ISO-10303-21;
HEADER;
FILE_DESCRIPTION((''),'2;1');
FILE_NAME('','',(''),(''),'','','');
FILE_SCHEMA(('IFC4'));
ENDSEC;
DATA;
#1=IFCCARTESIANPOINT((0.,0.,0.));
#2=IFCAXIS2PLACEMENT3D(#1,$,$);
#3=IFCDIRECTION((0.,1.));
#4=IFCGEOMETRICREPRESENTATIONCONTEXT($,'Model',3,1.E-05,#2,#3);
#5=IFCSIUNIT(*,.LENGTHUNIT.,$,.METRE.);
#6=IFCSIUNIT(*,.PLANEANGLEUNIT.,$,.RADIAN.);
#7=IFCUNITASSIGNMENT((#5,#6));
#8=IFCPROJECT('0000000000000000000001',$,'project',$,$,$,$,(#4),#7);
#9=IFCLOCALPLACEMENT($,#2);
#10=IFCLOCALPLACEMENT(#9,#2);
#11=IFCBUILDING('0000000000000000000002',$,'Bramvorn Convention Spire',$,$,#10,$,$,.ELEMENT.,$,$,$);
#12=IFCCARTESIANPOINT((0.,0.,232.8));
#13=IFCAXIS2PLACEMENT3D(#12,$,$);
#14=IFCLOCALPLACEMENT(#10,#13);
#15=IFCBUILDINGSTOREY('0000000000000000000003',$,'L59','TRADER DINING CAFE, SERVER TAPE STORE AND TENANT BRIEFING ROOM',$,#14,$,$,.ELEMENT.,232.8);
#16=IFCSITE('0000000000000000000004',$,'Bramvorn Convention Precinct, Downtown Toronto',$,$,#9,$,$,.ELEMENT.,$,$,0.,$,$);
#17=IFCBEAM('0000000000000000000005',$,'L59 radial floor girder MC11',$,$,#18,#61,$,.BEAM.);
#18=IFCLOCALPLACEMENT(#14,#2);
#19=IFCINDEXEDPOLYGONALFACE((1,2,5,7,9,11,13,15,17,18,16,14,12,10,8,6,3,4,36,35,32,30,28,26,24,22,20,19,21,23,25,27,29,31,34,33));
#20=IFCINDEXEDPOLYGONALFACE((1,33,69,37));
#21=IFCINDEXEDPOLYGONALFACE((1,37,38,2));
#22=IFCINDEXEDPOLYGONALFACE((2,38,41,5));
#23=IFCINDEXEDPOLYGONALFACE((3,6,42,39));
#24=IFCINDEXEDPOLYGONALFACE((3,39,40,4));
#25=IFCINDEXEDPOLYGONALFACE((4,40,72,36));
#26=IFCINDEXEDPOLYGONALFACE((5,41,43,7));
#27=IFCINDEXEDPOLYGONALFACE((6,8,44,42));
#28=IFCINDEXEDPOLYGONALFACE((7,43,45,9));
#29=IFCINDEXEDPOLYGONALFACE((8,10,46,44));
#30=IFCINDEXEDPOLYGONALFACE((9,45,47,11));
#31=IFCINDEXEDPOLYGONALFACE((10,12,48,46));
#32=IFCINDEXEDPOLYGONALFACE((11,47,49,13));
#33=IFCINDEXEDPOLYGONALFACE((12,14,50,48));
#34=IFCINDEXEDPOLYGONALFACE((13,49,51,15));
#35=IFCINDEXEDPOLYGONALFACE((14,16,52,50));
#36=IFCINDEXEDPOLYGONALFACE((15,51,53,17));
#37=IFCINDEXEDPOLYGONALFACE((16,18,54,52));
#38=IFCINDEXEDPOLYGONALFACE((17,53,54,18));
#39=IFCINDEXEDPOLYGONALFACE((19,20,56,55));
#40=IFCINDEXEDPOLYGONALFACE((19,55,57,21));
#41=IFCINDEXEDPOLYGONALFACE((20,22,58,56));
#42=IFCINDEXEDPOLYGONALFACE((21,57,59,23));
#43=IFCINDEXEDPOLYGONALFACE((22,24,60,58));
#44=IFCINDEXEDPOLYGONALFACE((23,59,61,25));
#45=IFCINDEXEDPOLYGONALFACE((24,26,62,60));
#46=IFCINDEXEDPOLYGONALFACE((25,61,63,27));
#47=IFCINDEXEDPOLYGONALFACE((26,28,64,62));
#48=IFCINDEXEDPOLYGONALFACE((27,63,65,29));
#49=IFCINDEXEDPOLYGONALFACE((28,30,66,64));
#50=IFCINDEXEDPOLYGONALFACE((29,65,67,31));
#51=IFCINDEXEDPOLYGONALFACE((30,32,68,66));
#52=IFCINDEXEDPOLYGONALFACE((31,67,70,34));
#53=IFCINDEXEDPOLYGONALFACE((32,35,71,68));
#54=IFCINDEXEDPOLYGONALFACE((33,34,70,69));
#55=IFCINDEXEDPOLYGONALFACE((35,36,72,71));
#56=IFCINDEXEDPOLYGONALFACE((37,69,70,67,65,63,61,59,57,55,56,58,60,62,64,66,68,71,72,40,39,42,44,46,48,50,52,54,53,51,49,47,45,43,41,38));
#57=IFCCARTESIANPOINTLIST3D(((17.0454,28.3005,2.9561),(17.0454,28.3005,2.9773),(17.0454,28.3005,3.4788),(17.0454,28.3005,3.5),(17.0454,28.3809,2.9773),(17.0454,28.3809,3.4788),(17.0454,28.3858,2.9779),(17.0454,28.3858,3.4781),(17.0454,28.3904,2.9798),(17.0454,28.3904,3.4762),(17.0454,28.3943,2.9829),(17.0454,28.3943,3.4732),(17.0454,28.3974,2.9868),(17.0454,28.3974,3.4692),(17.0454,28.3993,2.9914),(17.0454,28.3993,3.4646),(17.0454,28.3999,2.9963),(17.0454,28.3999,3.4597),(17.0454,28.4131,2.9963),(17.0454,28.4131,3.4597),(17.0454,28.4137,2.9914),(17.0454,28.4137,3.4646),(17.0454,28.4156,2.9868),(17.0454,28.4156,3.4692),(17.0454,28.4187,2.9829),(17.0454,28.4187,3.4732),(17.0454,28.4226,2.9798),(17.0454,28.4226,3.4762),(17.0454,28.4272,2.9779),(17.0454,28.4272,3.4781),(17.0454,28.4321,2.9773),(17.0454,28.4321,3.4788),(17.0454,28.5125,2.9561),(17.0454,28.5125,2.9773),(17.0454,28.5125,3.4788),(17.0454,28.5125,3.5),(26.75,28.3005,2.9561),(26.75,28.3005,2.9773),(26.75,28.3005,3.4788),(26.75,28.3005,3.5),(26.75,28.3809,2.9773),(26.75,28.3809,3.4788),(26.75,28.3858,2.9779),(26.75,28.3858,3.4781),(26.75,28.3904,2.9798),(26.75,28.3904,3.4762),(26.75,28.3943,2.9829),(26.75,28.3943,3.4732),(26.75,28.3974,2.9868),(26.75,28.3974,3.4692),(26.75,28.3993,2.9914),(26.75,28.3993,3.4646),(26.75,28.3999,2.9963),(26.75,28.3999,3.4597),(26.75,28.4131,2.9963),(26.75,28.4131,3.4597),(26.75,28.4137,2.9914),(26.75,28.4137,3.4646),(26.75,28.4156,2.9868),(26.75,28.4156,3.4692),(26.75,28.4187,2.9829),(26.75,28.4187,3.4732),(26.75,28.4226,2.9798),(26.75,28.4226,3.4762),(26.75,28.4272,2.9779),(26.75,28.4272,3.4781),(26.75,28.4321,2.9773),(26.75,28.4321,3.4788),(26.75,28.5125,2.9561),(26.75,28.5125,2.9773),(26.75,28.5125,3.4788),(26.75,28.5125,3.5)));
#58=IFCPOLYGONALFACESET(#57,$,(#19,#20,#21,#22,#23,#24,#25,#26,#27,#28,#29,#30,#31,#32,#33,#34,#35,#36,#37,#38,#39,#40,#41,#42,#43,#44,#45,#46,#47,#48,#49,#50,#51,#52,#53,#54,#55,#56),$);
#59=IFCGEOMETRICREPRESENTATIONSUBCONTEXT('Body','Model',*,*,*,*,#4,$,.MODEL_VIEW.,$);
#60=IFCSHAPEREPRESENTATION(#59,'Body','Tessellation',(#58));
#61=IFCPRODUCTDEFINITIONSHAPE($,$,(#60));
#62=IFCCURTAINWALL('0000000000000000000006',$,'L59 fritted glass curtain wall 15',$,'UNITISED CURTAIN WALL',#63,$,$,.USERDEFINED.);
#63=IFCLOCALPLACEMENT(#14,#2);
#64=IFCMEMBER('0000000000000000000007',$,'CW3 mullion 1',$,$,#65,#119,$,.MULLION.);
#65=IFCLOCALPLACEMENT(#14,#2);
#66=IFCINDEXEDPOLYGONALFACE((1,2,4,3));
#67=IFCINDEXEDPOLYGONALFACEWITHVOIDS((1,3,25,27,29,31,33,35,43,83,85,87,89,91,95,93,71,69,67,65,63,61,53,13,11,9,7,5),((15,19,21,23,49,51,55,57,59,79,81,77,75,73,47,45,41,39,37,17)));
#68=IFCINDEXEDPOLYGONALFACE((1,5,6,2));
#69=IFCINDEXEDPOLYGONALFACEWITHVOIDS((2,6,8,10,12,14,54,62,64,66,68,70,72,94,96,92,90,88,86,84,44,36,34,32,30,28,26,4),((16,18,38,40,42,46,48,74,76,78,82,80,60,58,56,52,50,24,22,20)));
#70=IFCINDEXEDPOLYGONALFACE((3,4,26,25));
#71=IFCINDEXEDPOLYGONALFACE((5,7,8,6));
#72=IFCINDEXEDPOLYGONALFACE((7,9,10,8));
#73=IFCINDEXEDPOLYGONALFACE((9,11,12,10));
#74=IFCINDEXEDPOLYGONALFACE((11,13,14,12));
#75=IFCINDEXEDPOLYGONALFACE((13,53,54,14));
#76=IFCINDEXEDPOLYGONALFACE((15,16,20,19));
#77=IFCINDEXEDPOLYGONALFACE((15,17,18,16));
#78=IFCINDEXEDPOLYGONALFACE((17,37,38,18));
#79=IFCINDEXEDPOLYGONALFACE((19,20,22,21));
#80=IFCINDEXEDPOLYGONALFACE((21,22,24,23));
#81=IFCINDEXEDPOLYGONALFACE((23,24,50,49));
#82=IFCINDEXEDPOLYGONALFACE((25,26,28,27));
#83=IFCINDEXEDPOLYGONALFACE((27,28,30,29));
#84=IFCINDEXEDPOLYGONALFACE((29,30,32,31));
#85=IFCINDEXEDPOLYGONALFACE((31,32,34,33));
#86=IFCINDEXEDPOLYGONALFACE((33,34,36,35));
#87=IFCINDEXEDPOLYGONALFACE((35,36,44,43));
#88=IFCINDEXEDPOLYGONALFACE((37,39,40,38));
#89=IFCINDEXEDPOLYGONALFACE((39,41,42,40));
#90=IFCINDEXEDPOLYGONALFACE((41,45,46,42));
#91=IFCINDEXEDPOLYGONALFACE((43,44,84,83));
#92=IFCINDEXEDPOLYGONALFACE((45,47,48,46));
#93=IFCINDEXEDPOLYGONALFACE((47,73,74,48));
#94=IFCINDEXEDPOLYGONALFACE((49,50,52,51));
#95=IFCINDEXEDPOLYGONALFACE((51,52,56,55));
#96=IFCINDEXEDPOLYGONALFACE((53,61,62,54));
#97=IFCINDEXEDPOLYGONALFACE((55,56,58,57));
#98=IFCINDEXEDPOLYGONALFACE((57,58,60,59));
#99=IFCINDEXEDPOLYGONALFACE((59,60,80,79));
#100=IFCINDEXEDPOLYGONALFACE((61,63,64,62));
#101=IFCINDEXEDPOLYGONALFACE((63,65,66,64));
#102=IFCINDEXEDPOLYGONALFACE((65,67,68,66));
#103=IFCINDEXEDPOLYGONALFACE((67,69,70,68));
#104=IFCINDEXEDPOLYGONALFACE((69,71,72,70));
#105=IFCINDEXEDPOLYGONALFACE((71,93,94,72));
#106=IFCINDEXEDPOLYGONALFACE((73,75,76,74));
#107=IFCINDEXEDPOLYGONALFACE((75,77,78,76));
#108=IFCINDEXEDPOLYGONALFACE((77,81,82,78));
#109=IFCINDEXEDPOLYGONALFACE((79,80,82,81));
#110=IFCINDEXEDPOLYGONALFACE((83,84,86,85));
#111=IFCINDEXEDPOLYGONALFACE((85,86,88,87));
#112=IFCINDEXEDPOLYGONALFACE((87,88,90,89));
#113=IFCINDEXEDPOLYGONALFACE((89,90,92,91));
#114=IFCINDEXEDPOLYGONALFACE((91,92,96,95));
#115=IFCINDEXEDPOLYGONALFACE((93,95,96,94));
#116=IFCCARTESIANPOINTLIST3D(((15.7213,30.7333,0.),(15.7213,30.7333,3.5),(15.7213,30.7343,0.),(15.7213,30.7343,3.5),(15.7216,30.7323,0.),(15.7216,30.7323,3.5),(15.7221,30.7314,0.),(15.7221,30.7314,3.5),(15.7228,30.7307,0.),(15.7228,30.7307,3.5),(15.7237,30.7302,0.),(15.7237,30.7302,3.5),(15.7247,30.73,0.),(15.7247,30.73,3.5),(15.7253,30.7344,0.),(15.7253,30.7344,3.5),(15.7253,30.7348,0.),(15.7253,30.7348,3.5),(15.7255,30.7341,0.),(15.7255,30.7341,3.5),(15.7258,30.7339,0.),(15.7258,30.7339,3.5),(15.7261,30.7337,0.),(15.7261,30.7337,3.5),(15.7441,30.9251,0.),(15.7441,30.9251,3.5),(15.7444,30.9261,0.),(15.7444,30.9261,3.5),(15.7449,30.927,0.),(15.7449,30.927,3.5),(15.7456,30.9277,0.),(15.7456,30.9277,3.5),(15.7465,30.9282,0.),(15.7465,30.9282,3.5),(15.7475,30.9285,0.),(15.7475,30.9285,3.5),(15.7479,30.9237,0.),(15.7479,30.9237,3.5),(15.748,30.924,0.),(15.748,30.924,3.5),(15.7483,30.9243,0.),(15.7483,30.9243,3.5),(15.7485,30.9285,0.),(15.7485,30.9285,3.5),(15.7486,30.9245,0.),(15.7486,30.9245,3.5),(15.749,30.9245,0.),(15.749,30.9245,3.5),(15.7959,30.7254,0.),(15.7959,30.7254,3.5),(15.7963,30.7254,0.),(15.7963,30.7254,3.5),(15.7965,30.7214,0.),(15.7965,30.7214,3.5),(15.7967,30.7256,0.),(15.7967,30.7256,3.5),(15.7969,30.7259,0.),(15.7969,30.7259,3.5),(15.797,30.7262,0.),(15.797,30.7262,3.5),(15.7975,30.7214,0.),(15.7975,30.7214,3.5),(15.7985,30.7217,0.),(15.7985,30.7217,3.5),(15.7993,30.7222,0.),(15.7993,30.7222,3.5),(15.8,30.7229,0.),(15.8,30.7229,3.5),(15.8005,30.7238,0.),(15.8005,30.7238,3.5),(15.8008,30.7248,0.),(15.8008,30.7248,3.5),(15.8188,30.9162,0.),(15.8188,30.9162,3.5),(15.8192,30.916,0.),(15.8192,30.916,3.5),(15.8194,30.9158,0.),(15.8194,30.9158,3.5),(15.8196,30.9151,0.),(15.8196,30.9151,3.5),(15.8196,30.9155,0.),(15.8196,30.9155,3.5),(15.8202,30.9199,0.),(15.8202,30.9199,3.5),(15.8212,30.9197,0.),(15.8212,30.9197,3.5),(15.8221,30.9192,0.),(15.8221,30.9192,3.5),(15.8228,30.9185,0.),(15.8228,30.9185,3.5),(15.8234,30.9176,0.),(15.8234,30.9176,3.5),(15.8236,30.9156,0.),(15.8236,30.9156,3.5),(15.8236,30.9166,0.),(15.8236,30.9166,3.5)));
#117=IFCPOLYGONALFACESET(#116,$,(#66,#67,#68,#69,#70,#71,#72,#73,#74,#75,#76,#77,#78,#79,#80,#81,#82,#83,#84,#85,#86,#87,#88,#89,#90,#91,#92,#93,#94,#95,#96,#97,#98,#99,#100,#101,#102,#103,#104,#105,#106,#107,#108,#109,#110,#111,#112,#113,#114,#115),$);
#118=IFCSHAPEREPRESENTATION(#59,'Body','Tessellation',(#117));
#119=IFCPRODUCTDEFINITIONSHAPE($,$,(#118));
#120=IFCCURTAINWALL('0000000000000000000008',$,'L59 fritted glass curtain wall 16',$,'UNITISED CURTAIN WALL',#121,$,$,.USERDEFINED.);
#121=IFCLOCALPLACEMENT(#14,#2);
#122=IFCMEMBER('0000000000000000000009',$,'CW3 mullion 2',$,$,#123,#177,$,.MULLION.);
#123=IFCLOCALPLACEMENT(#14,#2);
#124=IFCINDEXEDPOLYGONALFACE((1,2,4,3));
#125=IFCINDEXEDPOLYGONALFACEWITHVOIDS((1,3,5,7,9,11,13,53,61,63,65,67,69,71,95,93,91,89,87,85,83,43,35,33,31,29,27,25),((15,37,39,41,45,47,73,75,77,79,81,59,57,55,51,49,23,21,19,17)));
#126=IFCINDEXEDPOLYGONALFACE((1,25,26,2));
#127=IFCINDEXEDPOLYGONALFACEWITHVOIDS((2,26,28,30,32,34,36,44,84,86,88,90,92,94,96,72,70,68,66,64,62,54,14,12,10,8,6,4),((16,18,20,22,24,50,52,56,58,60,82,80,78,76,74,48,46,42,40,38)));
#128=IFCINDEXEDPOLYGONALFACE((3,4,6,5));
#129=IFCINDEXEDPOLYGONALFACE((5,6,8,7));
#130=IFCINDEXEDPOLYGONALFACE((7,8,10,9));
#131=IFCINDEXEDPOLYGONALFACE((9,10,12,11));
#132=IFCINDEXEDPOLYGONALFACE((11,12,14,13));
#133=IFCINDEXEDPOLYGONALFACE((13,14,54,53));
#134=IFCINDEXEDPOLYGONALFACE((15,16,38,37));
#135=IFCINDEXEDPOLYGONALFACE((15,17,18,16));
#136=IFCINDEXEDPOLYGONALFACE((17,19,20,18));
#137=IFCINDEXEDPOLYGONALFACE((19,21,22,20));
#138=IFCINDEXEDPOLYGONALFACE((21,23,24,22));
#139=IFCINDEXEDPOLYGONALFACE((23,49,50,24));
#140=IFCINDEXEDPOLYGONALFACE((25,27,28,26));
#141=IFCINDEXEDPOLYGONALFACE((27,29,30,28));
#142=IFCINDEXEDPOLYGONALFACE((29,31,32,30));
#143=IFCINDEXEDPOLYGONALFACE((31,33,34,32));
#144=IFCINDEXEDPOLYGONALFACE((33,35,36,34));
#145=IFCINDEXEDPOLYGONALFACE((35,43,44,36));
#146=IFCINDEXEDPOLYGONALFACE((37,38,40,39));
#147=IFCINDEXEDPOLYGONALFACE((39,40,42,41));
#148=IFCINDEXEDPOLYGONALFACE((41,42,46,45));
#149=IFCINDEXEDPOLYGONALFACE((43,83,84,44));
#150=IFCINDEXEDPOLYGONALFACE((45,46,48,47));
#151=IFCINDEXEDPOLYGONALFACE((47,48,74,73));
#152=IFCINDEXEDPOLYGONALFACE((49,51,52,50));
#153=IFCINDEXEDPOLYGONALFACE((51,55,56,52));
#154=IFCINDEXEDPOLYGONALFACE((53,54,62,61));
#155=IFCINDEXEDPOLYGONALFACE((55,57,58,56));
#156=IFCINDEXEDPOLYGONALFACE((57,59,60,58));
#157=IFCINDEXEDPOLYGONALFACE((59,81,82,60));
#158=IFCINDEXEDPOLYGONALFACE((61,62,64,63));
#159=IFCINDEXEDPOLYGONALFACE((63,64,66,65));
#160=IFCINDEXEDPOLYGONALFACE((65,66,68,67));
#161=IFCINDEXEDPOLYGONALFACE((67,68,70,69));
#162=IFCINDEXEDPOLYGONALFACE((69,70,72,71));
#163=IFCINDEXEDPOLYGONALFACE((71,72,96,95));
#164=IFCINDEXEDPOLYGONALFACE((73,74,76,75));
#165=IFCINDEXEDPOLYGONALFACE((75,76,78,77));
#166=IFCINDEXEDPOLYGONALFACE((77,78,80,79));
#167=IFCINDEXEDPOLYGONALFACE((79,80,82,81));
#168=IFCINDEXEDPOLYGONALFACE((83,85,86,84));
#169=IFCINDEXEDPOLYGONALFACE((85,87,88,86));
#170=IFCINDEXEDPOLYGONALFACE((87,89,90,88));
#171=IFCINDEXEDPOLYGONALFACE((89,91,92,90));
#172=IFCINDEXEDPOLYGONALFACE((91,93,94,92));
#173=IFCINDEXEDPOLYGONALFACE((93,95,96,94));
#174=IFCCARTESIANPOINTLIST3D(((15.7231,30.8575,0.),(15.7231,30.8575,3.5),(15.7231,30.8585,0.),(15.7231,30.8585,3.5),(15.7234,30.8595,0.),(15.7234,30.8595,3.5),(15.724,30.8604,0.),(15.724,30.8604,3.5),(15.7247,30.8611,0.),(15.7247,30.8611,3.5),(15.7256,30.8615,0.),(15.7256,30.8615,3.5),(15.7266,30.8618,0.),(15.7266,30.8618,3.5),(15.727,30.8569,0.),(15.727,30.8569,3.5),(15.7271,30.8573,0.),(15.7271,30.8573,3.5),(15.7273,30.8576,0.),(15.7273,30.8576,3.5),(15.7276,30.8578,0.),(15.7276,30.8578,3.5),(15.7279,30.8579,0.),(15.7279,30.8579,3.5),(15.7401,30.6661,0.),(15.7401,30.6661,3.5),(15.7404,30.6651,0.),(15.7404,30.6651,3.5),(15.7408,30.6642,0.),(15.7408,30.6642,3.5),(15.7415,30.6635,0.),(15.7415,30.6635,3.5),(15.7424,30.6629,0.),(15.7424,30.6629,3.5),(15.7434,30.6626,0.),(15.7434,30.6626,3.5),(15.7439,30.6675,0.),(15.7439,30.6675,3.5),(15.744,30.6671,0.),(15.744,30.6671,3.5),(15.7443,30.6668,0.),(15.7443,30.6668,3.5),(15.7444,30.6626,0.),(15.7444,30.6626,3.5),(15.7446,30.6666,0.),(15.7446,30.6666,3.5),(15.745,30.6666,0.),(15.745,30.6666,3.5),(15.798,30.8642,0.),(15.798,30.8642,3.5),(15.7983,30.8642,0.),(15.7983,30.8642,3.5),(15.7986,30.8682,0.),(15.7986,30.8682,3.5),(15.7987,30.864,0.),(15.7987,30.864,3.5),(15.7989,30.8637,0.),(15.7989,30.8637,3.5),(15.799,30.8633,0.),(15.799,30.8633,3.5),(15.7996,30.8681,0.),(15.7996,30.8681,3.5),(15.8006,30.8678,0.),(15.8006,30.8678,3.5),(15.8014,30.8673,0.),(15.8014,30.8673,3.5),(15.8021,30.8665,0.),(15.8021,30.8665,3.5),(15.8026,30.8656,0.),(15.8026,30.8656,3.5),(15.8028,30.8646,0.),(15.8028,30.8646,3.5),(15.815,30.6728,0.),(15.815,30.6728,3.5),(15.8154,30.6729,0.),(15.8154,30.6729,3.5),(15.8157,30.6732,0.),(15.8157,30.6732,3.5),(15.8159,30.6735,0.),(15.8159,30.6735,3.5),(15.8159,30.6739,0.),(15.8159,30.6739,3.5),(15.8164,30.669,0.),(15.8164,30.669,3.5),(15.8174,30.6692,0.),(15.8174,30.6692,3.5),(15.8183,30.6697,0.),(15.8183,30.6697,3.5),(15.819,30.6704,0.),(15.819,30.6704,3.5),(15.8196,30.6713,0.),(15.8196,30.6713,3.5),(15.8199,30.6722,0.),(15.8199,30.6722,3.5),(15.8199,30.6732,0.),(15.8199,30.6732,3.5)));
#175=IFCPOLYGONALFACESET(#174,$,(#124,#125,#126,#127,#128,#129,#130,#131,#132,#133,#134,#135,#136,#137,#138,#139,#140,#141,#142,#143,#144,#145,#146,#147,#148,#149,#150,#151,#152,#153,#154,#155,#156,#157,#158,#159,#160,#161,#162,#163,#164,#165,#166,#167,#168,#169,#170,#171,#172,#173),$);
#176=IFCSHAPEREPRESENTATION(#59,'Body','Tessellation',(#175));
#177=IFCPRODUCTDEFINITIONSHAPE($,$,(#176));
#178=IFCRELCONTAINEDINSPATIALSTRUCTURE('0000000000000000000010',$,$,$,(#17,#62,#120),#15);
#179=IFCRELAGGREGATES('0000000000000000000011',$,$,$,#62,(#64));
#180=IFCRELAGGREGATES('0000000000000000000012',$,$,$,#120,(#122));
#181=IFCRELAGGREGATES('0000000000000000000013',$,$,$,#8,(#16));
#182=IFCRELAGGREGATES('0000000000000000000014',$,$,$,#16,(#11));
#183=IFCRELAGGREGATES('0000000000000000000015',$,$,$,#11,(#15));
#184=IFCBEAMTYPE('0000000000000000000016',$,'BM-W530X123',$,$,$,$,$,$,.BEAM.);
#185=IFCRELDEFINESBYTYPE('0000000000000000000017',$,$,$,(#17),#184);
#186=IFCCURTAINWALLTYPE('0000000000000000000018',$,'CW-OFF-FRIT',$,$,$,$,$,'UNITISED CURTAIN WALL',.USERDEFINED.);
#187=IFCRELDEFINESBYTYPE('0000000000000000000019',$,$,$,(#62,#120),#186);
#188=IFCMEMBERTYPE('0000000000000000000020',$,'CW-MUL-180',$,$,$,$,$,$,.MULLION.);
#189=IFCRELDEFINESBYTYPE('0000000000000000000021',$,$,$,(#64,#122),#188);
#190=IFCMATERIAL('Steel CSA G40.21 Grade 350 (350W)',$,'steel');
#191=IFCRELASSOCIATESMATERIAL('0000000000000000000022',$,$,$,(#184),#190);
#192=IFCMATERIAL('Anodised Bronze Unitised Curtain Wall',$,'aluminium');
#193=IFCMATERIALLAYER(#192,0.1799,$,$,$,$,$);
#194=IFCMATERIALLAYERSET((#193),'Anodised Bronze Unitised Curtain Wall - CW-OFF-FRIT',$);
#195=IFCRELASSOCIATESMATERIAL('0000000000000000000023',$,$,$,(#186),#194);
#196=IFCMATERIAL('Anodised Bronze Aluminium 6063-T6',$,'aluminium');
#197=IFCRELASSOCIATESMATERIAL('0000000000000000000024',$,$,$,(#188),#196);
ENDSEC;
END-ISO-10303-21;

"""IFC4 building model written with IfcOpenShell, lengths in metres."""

from ifc_helpers import new_model, si_unit, direction, frame, origin, origin_2d, place, context, subcontext, project, spatial, hollow_rectangle, i_section, extrude, material, layer, layer_set, material_profile, profile_set, type_object, element, aggregate, save


model = new_model("IFC4")

# Units and contexts
model_context = context("Model", 3, precision=1e-05, world=origin(), true_north=direction((0.0, 1.0)))
body_context = subcontext(model_context, "Body", "Model", "MODEL_VIEW")
ifc_project = project(units=[si_unit("LENGTHUNIT", "METRE"), si_unit("PLANEANGLEUNIT", "RADIAN")], contexts=[model_context])

# Site, building, storey
site_placement = place(None, origin())
site = spatial("IfcSite", under=ifc_project, at=site_placement, Name="Bramvorn Convention Precinct, Downtown Toronto", CompositionType="ELEMENT", RefElevation=0.0)
building_placement = place(site_placement, origin())
building = spatial("IfcBuilding", under=site, at=building_placement, Name="Bramvorn Convention Spire", CompositionType="ELEMENT")
storey_placement = place(building_placement, frame((0.0, 0.0, 232.8)))
storey = spatial("IfcBuildingStorey", under=building, at=storey_placement, Name="L59", Description="TRADER DINING CAFE, SERVER TAPE STORE AND TENANT BRIEFING ROOM", CompositionType="ELEMENT", Elevation=232.8)

# Shared definitions
ifc_material_1 = material(Name="Steel CSA G40.21 Grade 350 (350W)", Category="steel")

# Beam
ifc_material_profile_1 = material_profile(ifc_material_1, i_section(OverallWidth=0.2119, OverallDepth=0.5439, WebThickness=0.0132, FlangeThickness=0.0212, FilletRadius=0.019, at=origin_2d()))
ifc_profile_set_1 = profile_set([ifc_material_profile_1], Name="Steel CSA G40.21 Grade 350 (350W) - W530X123")
beam_type_1 = type_object("IfcBeamType", Name="BM-W530X123", PredefinedType="BEAM", material=ifc_profile_set_1)
beam_1_placement = place(storey_placement, frame((26.75, 28.4065, 3.228), z_axis=(-1.0, 0.0, 0.0), x_axis=(0.0, -1.0, 0.0)))
element("IfcBeam", 1, at=beam_1_placement, inside=storey, type_object=beam_type_1, Name="L59 radial floor girder MC11", PredefinedType="BEAM", context=body_context, shape_type="SweptSolid", body=[
    extrude(i_section(OverallWidth=0.2119, OverallDepth=0.5439, WebThickness=0.0132, FlangeThickness=0.0212, FilletRadius=0.019, at=origin_2d()), origin(), (0.0, 0.0, 1.0), 9.7046),
])

# Curtain walls, members
ifc_material_2 = material(Name="Anodised Bronze Unitised Curtain Wall", Category="aluminium")
ifc_layer_1 = layer(ifc_material_2, 0.1799)
ifc_layer_set_1 = layer_set([ifc_layer_1], Name="Anodised Bronze Unitised Curtain Wall - CW-OFF-FRIT")
curtain_wall_type = type_object("IfcCurtainWallType", Name="CW-OFF-FRIT", ElementType="UNITISED CURTAIN WALL", PredefinedType="USERDEFINED", material=ifc_layer_set_1)
curtain_wall_1_placement = place(storey_placement, origin())
curtain_wall_1 = element("IfcCurtainWall", 2, at=curtain_wall_1_placement, inside=storey, type_object=curtain_wall_type, Name="L59 fritted glass curtain wall 15", ObjectType="UNITISED CURTAIN WALL", PredefinedType="USERDEFINED")
ifc_material_3 = material(Name="Anodised Bronze Aluminium 6063-T6", Category="aluminium")
ifc_material_profile_2 = material_profile(ifc_material_3, hollow_rectangle(XDim=0.0801, YDim=0.2, WallThickness=0.0039, InnerFilletRadius=0.001, OuterFilletRadius=0.0039, at=origin_2d()))
ifc_profile_set_2 = profile_set([ifc_material_profile_2], Name="Anodised Bronze Aluminium 6063-T6 - CWM80X200")
member_type_1 = type_object("IfcMemberType", Name="CW-MUL-180", PredefinedType="MULLION", material=ifc_profile_set_2)
member_1_placement = place(storey_placement, frame((15.7725, 30.825, 0.0), z_axis=(0.0, 0.0, 1.0), x_axis=(-0.992907, 0.118898, 0.0)))
member_1 = element("IfcMember", 3, at=member_1_placement, type_object=member_type_1, Name="CW3 mullion 1", PredefinedType="MULLION", context=body_context, shape_type="SweptSolid", body=[
    extrude(hollow_rectangle(XDim=0.0801, YDim=0.2, WallThickness=0.0039, InnerFilletRadius=0.001, OuterFilletRadius=0.0039, at=origin_2d()), origin(), (0.0, 0.0, 1.0), 3.5),
])
curtain_wall_2_placement = place(storey_placement, origin())
curtain_wall_2 = element("IfcCurtainWall", 4, at=curtain_wall_2_placement, inside=storey, type_object=curtain_wall_type, Name="L59 fritted glass curtain wall 16", ObjectType="UNITISED CURTAIN WALL", PredefinedType="USERDEFINED")
member_2_placement = place(storey_placement, frame((15.7715, 30.7654, 0.0), z_axis=(0.0, 0.0, 1.0), x_axis=(-0.996046, -0.088835, 0.0)))
member_2 = element("IfcMember", 5, at=member_2_placement, type_object=member_type_1, Name="CW3 mullion 2", PredefinedType="MULLION", context=body_context, shape_type="SweptSolid", body=[
    extrude(hollow_rectangle(XDim=0.0801, YDim=0.2, WallThickness=0.0039, InnerFilletRadius=0.001, OuterFilletRadius=0.0039, at=origin_2d()), origin(), (0.0, 0.0, 1.0), 3.5),
])

aggregate(curtain_wall_1, [member_1])

aggregate(curtain_wall_2, [member_2])

save(model, "model.ifc")
